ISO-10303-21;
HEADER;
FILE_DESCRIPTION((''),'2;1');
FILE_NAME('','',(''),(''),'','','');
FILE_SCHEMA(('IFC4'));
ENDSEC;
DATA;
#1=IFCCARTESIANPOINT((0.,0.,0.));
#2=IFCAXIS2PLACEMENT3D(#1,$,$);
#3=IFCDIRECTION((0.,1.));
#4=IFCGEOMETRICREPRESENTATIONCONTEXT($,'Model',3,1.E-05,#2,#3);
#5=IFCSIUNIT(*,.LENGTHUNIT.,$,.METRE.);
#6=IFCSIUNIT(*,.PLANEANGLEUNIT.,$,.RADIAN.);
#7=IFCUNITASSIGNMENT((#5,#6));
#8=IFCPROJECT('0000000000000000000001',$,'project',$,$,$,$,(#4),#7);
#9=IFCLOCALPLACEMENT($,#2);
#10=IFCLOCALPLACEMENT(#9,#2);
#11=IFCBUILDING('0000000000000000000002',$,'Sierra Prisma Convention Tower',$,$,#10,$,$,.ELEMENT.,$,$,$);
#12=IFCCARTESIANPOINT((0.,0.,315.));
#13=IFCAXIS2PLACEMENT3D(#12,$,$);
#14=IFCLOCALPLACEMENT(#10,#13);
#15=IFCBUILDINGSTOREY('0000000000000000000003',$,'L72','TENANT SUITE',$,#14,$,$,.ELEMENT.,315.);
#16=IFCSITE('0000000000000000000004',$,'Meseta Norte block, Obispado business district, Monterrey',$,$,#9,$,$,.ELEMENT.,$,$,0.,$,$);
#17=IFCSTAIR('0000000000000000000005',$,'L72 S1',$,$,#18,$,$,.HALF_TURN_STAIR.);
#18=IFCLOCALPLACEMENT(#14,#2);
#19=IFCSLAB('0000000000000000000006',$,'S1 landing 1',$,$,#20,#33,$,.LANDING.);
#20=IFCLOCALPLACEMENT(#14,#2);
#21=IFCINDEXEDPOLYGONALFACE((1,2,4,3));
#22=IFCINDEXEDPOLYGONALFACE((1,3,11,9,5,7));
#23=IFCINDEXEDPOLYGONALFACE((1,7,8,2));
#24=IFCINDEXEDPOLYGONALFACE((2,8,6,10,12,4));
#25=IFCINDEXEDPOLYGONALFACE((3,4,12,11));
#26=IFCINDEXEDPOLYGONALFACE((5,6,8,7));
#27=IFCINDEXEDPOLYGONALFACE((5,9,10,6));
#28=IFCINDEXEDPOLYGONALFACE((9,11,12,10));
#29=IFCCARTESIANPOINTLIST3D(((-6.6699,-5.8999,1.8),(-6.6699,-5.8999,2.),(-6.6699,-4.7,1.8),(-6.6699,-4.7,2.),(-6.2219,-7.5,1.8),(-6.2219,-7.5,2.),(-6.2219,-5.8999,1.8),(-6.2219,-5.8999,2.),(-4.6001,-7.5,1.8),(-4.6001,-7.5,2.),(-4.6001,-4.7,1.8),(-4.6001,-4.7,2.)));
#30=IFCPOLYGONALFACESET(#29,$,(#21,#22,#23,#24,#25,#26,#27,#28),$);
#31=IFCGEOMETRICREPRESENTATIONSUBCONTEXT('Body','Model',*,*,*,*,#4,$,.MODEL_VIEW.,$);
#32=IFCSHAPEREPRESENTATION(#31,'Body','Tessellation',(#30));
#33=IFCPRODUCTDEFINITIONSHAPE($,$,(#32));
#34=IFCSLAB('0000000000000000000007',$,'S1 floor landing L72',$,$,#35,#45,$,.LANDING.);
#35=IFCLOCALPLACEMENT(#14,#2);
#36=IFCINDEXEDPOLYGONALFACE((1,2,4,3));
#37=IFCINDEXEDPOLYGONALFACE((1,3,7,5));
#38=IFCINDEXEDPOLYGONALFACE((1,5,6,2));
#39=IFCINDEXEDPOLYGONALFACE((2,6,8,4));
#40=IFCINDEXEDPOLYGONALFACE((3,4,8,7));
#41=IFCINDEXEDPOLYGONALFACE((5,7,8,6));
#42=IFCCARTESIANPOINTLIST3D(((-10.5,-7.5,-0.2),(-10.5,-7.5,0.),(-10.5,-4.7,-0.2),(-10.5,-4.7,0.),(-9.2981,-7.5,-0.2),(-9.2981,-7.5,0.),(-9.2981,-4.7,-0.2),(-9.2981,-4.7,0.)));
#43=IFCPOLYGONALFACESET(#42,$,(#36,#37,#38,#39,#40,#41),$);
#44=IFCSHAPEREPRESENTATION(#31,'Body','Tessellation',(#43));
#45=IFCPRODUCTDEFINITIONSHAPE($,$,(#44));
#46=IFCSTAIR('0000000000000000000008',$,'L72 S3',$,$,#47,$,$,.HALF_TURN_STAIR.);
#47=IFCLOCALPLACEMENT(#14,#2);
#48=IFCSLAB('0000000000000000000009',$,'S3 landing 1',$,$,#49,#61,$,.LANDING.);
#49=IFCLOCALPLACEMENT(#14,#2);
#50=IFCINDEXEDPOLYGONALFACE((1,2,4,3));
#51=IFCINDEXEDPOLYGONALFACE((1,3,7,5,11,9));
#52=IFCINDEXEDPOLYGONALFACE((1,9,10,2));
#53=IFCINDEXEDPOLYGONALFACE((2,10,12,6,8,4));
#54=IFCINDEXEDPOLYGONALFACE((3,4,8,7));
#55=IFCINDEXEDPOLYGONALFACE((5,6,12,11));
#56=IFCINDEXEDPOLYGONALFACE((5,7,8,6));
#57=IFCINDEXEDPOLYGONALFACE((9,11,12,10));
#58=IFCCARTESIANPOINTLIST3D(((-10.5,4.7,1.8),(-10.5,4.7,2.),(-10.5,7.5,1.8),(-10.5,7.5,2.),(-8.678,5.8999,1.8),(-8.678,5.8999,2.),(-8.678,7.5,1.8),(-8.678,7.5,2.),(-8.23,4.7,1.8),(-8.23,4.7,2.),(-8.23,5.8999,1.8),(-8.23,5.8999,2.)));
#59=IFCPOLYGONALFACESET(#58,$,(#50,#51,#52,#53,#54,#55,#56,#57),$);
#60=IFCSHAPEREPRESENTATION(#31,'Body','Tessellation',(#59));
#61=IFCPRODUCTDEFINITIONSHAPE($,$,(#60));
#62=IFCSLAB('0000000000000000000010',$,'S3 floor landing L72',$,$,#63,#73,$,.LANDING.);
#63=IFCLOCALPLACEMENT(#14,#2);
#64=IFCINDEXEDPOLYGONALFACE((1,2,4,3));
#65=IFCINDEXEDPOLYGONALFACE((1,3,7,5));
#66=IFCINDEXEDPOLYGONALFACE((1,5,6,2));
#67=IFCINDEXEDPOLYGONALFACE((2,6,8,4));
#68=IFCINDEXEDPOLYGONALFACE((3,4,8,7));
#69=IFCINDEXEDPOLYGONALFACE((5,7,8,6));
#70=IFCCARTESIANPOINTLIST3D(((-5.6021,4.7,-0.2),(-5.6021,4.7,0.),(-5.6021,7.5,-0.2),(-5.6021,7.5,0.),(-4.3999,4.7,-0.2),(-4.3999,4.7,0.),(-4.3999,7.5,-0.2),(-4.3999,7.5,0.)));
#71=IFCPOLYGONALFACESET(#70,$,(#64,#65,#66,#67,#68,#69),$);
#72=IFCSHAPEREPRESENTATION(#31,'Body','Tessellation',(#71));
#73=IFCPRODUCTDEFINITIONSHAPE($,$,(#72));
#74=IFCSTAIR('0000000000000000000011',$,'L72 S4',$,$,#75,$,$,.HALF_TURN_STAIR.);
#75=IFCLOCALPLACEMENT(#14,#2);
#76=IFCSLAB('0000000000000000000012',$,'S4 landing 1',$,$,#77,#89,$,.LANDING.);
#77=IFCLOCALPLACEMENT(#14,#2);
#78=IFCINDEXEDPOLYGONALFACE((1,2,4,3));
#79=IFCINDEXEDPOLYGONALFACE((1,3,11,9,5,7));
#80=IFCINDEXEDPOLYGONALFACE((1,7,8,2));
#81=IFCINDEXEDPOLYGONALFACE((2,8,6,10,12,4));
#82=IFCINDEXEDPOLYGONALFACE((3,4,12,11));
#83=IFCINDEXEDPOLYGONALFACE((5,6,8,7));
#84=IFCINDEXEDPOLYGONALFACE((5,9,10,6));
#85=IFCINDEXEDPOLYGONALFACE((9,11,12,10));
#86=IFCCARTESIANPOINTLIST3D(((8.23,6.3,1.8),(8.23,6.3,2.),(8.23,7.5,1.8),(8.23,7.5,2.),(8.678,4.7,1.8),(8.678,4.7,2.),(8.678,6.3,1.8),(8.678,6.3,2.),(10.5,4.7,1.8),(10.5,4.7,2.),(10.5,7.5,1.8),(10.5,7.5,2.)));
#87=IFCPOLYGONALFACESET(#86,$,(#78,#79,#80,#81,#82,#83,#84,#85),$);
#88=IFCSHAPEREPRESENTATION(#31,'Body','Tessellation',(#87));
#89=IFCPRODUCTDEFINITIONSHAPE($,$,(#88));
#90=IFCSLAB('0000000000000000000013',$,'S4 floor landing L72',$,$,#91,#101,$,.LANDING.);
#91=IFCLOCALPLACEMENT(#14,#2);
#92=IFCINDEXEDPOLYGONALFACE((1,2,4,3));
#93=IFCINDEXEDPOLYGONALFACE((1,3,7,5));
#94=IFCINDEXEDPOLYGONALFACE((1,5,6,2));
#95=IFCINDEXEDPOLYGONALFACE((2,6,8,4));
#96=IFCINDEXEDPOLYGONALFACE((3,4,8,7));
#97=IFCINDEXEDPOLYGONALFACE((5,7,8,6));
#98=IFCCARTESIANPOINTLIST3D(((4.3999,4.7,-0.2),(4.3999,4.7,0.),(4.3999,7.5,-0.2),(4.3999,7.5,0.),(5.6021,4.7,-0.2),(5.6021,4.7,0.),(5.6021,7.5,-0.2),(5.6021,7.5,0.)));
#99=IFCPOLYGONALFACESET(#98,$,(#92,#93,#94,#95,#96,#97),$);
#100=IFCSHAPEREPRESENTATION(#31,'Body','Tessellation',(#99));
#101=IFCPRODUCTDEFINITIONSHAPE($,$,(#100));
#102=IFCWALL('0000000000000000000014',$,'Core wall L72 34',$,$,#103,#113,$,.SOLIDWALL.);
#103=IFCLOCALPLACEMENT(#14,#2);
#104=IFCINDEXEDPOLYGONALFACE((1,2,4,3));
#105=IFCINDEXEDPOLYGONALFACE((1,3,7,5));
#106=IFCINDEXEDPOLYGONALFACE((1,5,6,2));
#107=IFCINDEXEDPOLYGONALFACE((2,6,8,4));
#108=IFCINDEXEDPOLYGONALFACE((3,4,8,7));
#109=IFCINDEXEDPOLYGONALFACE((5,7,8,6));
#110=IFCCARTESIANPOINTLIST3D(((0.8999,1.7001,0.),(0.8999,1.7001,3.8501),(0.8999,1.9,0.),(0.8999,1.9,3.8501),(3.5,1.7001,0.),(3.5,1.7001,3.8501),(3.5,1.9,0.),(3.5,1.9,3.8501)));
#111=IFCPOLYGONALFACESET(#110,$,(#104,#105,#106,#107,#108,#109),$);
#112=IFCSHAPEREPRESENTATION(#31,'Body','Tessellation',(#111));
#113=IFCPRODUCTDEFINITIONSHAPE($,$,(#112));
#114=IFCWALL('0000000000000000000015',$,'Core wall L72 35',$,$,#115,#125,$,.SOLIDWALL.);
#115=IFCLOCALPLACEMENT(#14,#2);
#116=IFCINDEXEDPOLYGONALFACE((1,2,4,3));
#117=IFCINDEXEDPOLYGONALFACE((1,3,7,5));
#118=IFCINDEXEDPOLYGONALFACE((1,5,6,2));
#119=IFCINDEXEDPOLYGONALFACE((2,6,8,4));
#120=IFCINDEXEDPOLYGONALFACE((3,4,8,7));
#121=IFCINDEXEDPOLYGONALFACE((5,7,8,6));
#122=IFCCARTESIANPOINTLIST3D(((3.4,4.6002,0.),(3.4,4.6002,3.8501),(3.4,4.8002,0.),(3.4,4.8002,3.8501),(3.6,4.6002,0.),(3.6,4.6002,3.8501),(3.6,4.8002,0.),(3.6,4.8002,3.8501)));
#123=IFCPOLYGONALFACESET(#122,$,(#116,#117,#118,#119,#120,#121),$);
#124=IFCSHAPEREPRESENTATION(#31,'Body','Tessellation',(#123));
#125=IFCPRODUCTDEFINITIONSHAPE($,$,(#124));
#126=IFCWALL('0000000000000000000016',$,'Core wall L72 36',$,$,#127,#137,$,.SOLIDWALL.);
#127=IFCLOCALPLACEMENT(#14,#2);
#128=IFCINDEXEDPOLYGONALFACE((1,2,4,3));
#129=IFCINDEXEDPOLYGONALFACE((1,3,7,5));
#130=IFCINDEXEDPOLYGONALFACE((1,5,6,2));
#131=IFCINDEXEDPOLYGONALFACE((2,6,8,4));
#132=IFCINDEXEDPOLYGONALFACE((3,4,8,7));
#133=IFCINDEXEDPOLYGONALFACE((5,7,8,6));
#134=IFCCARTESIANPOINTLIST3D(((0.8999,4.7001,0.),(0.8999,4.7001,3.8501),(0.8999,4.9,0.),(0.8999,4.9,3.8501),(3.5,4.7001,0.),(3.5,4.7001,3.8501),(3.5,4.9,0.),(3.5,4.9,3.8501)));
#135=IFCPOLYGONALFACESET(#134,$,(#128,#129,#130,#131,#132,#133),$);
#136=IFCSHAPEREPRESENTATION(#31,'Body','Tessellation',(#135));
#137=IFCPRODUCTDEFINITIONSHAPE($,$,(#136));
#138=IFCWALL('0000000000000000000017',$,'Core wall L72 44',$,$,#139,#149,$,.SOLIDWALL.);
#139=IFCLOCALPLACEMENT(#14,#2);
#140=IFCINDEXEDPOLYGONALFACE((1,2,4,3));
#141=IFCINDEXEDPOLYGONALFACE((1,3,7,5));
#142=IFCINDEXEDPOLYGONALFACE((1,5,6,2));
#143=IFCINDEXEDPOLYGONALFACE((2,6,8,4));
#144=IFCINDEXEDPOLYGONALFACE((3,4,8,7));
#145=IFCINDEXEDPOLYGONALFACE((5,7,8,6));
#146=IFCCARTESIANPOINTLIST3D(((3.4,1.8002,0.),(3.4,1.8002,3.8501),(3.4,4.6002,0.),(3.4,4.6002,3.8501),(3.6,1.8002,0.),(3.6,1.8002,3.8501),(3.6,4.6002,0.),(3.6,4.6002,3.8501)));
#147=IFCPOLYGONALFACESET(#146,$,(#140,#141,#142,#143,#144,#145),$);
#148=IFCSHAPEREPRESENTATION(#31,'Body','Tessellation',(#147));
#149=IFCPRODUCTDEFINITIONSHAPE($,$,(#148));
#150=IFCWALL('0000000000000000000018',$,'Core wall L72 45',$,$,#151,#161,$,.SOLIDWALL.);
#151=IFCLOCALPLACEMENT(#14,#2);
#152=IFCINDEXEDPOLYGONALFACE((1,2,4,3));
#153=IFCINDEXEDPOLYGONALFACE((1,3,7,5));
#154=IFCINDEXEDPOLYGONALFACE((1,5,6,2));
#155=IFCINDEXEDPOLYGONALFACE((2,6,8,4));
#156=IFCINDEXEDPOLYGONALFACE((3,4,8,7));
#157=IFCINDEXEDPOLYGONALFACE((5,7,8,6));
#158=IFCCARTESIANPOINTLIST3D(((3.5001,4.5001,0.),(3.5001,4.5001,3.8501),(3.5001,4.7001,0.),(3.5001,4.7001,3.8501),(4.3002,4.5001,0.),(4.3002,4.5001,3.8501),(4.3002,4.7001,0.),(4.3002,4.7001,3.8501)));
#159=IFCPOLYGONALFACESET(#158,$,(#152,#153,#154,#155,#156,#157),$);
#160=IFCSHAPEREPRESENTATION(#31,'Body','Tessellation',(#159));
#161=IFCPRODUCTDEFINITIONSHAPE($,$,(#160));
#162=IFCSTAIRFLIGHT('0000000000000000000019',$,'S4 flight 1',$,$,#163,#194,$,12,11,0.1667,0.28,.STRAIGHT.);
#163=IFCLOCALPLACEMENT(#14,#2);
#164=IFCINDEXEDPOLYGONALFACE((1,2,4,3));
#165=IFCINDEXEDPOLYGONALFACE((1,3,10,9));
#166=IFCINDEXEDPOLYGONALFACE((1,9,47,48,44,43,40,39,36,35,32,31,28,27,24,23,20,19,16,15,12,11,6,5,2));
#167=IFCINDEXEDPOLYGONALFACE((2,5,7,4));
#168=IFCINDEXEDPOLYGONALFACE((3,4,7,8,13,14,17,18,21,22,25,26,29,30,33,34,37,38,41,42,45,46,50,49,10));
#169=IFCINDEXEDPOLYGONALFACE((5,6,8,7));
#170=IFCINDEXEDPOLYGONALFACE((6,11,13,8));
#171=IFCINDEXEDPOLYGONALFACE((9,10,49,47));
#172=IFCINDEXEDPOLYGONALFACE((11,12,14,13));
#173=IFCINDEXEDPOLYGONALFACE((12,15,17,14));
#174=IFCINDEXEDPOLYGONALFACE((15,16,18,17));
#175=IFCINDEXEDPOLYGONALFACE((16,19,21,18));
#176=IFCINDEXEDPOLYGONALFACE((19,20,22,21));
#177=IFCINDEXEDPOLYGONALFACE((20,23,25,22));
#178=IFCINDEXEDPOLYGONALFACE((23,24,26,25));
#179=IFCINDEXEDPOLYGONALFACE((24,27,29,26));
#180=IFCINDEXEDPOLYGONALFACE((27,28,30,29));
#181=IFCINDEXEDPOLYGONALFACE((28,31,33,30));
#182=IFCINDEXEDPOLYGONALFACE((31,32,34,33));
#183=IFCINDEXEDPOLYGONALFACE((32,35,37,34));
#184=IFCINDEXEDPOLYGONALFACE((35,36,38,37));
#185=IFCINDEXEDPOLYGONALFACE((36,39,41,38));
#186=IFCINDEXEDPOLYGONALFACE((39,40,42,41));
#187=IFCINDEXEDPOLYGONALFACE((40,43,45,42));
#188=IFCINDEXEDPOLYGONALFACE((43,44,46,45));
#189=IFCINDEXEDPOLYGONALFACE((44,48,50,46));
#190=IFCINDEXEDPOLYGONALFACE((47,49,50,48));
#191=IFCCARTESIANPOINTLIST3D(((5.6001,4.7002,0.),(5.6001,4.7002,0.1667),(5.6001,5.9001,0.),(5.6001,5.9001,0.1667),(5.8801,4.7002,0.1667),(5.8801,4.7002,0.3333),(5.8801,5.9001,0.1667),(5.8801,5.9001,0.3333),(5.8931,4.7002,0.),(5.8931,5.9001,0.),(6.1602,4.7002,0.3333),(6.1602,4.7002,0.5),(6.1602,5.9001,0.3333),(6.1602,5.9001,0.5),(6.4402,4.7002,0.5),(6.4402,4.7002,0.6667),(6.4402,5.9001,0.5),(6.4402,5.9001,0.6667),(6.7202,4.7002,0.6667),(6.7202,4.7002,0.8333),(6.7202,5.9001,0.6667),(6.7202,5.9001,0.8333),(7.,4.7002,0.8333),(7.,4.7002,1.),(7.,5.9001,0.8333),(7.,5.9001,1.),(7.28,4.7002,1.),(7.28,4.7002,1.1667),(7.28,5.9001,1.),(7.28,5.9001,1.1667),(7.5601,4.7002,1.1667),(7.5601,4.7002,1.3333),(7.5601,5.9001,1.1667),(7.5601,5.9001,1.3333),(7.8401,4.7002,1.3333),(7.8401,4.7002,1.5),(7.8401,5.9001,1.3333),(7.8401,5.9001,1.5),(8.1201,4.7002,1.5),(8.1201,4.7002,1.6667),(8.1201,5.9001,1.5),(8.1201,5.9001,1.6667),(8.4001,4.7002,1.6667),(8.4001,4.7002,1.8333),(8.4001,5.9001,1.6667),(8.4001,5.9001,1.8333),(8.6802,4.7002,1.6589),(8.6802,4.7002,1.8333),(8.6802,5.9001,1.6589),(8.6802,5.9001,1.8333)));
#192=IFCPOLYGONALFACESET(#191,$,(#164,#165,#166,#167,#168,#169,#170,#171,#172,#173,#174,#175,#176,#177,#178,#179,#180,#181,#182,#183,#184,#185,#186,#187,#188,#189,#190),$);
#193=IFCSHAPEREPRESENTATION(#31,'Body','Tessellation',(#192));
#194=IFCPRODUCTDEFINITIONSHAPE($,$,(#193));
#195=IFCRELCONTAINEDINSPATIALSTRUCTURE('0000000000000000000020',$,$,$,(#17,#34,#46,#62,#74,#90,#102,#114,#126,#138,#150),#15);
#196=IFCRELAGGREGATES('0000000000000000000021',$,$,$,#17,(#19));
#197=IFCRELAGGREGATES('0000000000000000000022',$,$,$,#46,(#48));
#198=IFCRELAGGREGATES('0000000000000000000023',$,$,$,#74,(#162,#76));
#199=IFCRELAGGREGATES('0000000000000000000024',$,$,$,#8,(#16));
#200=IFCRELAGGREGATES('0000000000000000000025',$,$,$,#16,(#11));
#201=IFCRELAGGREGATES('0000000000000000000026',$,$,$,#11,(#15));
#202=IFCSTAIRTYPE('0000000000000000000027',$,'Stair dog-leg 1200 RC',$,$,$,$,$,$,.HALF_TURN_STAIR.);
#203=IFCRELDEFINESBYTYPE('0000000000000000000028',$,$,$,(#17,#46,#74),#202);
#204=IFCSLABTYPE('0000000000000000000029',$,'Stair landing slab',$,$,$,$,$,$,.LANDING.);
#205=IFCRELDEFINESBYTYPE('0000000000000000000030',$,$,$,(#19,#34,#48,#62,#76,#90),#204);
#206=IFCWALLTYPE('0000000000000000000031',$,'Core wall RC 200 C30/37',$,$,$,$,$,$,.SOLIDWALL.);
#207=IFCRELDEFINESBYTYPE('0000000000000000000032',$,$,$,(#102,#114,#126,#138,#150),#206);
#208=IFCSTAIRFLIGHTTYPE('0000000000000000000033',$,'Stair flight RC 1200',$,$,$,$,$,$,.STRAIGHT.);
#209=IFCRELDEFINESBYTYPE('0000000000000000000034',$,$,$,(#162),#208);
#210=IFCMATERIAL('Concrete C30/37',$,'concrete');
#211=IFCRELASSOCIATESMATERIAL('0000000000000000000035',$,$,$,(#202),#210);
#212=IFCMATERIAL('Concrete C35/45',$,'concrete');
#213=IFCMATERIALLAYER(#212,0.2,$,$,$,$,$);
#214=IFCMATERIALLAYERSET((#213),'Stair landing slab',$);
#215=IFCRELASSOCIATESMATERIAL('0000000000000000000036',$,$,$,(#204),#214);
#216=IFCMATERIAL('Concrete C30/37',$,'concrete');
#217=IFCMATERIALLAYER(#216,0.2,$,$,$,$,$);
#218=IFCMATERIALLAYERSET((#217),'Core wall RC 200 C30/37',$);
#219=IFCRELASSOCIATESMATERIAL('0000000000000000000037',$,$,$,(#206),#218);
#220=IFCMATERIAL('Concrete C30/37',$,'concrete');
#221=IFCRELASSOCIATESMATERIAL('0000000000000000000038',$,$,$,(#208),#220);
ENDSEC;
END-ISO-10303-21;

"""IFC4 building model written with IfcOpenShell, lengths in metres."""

from ifc_helpers import new_model, si_unit, direction, frame, frame_2d, origin, place, context, subcontext, project, spatial, polyline, rectangle, outline, extrude, material, layer, layer_set, type_object, element, aggregate, save


model = new_model("IFC4")

# Units and contexts
model_context = context("Model", 3, precision=1e-05, world=origin(), true_north=direction((0.0, 1.0)))
body_context = subcontext(model_context, "Body", "Model", "MODEL_VIEW")
ifc_project = project(units=[si_unit("LENGTHUNIT", "METRE"), si_unit("PLANEANGLEUNIT", "RADIAN")], contexts=[model_context])

# Site, building, storey
site_placement = place(None, origin())
site = spatial("IfcSite", under=ifc_project, at=site_placement, Name="Meseta Norte block, Obispado business district, Monterrey", CompositionType="ELEMENT", RefElevation=0.0)
building_placement = place(site_placement, origin())
building = spatial("IfcBuilding", under=site, at=building_placement, Name="Sierra Prisma Convention Tower", CompositionType="ELEMENT")
storey_placement = place(building_placement, frame((0.0, 0.0, 315.0)))
storey = spatial("IfcBuildingStorey", under=building, at=storey_placement, Name="L72", Description="TENANT SUITE", CompositionType="ELEMENT", Elevation=315.0)

# Stair, slab
ifc_material_1 = material(Name="Concrete C30/37", Category="concrete")
stair_type = type_object("IfcStairType", Name="Stair dog-leg 1200 RC", PredefinedType="HALF_TURN_STAIR", material=ifc_material_1)
stair_1_placement = place(storey_placement, origin())
stair_1 = element("IfcStair", 1, at=stair_1_placement, inside=storey, type_object=stair_type, Name="L72 S1", PredefinedType="HALF_TURN_STAIR")
ifc_material_2 = material(Name="Concrete C35/45", Category="concrete")
ifc_layer_1 = layer(ifc_material_2, 0.2)
ifc_layer_set_1 = layer_set([ifc_layer_1], Name="Stair landing slab")
slab_type = type_object("IfcSlabType", Name="Stair landing slab", PredefinedType="LANDING", material=ifc_layer_set_1)
slab_1_placement = place(storey_placement, frame((0.0, 0.0, 1.8)))
slab_1 = element("IfcSlab", 2, at=slab_1_placement, type_object=slab_type, Name="S1 landing 1", PredefinedType="LANDING", context=body_context, shape_type="SweptSolid", body=[
    extrude(outline(polyline([(-4.6001, -4.7), (-4.6001, -7.5), (-6.2219, -7.5), (-6.2219, -5.8999), (-6.6699, -5.8999), (-6.6699, -4.7), (-4.6001, -4.7)])), origin(), (0.0, 0.0, 1.0), 0.2),
])
aggregate(stair_1, [slab_1])

# Slab
slab_2_placement = place(storey_placement, frame((0.0, 0.0, -0.2)))
element("IfcSlab", 3, at=slab_2_placement, inside=storey, type_object=slab_type, Name="S1 floor landing L72", PredefinedType="LANDING", context=body_context, shape_type="SweptSolid", body=[
    extrude(outline(polyline([(-10.5, -7.5), (-9.2981, -7.5), (-9.2981, -4.7), (-10.5, -4.7), (-10.5, -7.5)])), origin(), (0.0, 0.0, 1.0), 0.2),
])

# Stair, slab
stair_2_placement = place(storey_placement, origin())
stair_2 = element("IfcStair", 4, at=stair_2_placement, inside=storey, type_object=stair_type, Name="L72 S3", PredefinedType="HALF_TURN_STAIR")
slab_3_placement = place(storey_placement, frame((0.0, 0.0, 1.8)))
slab_3 = element("IfcSlab", 5, at=slab_3_placement, type_object=slab_type, Name="S3 landing 1", PredefinedType="LANDING", context=body_context, shape_type="SweptSolid", body=[
    extrude(outline(polyline([(-8.23, 5.8999), (-8.23, 4.7), (-10.5, 4.7), (-10.5, 7.5), (-8.678, 7.5), (-8.678, 5.8999), (-8.23, 5.8999)])), origin(), (0.0, 0.0, 1.0), 0.2),
])
aggregate(stair_2, [slab_3])

# Slab
slab_4_placement = place(storey_placement, frame((0.0, 0.0, -0.2)))
element("IfcSlab", 6, at=slab_4_placement, inside=storey, type_object=slab_type, Name="S3 floor landing L72", PredefinedType="LANDING", context=body_context, shape_type="SweptSolid", body=[
    extrude(outline(polyline([(-4.3999, 7.5), (-5.6021, 7.5), (-5.6021, 4.7), (-4.3999, 4.7), (-4.3999, 7.5)])), origin(), (0.0, 0.0, 1.0), 0.2),
])

# Stair, slab
stair_3_placement = place(storey_placement, origin())
stair_3 = element("IfcStair", 7, at=stair_3_placement, inside=storey, type_object=stair_type, Name="L72 S4", PredefinedType="HALF_TURN_STAIR")
slab_5_placement = place(storey_placement, frame((0.0, 0.0, 1.8)))
slab_5 = element("IfcSlab", 8, at=slab_5_placement, type_object=slab_type, Name="S4 landing 1", PredefinedType="LANDING", context=body_context, shape_type="SweptSolid", body=[
    extrude(outline(polyline([(10.5, 7.5), (10.5, 4.7), (8.678, 4.7), (8.678, 6.3), (8.23, 6.3), (8.23, 7.5), (10.5, 7.5)])), origin(), (0.0, 0.0, 1.0), 0.2),
])

# Slab
slab_6_placement = place(storey_placement, frame((0.0, 0.0, -0.2)))
element("IfcSlab", 9, at=slab_6_placement, inside=storey, type_object=slab_type, Name="S4 floor landing L72", PredefinedType="LANDING", context=body_context, shape_type="SweptSolid", body=[
    extrude(outline(polyline([(4.3999, 4.7), (5.6021, 4.7), (5.6021, 7.5), (4.3999, 7.5), (4.3999, 4.7)])), origin(), (0.0, 0.0, 1.0), 0.2),
])

# Shared definitions
ifc_material_3 = material(Name="Concrete C30/37", Category="concrete")
ifc_layer_2 = layer(ifc_material_3, 0.2)
ifc_layer_set_2 = layer_set([ifc_layer_2], Name="Core wall RC 200 C30/37")
wall_type = type_object("IfcWallType", Name="Core wall RC 200 C30/37", PredefinedType="SOLIDWALL", material=ifc_layer_set_2)

# Walls
wall_1_placement = place(storey_placement, frame((3.5, 1.8, 0.0), z_axis=(0.0, 0.0, 1.0), x_axis=(-1.0, 0.0, 0.0)))
element("IfcWall", 10, at=wall_1_placement, inside=storey, type_object=wall_type, Name="Core wall L72 34", PredefinedType="SOLIDWALL", context=body_context, shape_type="SweptSolid", body=[
    extrude(rectangle(XDim=2.6001, YDim=0.2, at=frame_2d((1.3, 0.0))), origin(), (0.0, 0.0, 1.0), 3.8501),
])
wall_2_placement = place(storey_placement, frame((3.5, 4.6001, 0.0), z_axis=(0.0, 0.0, 1.0), x_axis=(0.0, 1.0, 0.0)))
element("IfcWall", 11, at=wall_2_placement, inside=storey, type_object=wall_type, Name="Core wall L72 35", PredefinedType="SOLIDWALL", context=body_context, shape_type="SweptSolid", body=[
    extrude(rectangle(XDim=0.2, YDim=0.2, at=frame_2d((0.1001, 0.0))), origin(), (0.0, 0.0, 1.0), 3.8501),
])
wall_3_placement = place(storey_placement, frame((3.5, 4.8, 0.0), z_axis=(0.0, 0.0, 1.0), x_axis=(-1.0, 0.0, 0.0)))
element("IfcWall", 12, at=wall_3_placement, inside=storey, type_object=wall_type, Name="Core wall L72 36", PredefinedType="SOLIDWALL", context=body_context, shape_type="SweptSolid", body=[
    extrude(rectangle(XDim=2.6001, YDim=0.2, at=frame_2d((1.3, 0.0))), origin(), (0.0, 0.0, 1.0), 3.8501),
])

# Walls
wall_4_placement = place(storey_placement, frame((3.5, 4.6001, 0.0), z_axis=(0.0, 0.0, 1.0), x_axis=(0.0, -1.0, 0.0)))
element("IfcWall", 13, at=wall_4_placement, inside=storey, type_object=wall_type, Name="Core wall L72 44", PredefinedType="SOLIDWALL", context=body_context, shape_type="SweptSolid", body=[
    extrude(rectangle(XDim=2.8, YDim=0.2, at=frame_2d((1.3999, 0.0))), origin(), (0.0, 0.0, 1.0), 3.8501),
])
wall_5_placement = place(storey_placement, frame((4.3, 4.6001, 0.0), z_axis=(0.0, 0.0, 1.0), x_axis=(-1.0, 0.0, 0.0)))
element("IfcWall", 14, at=wall_5_placement, inside=storey, type_object=wall_type, Name="Core wall L72 45", PredefinedType="SOLIDWALL", context=body_context, shape_type="SweptSolid", body=[
    extrude(rectangle(XDim=0.8, YDim=0.2, at=frame_2d((0.3999, 0.0))), origin(), (0.0, 0.0, 1.0), 3.8501),
])

# Stair flight
ifc_material_4 = material(Name="Concrete C30/37", Category="concrete")
stair_flight_type = type_object("IfcStairFlightType", Name="Stair flight RC 1200", PredefinedType="STRAIGHT", material=ifc_material_4)
stair_flight_placement = place(storey_placement, frame((5.6001, 5.3, 0.0), z_axis=(0.0, 0.0, 1.0), x_axis=(1.0, 0.0, 0.0)))
stair_flight = element("IfcStairFlight", 15, at=stair_flight_placement, type_object=stair_flight_type, Name="S4 flight 1", NumberOfRisers=12, NumberOfTreads=11, PredefinedType="STRAIGHT", RiserHeight=0.1667, TreadLength=0.28, context=body_context, shape_type="SweptSolid", body=[
    extrude(outline(polyline([(0.0, 0.0), (0.0, 0.1667), (0.28, 0.1667), (0.28, 0.3333), (0.5601, 0.3333), (0.5601, 0.5), (0.8401, 0.5), (0.8401, 0.6667), (1.1201, 0.6667), (1.1201, 0.8333), (1.3999, 0.8333), (1.3999, 1.0), (1.6799, 1.0), (1.6799, 1.1667), (1.96, 1.1667), (1.96, 1.3333), (2.24, 1.3333), (2.24, 1.5), (2.52, 1.5), (2.52, 1.6667), (2.8, 1.6667), (2.8, 1.8333), (3.0801, 1.8333), (3.0801, 2.0), (3.0801, 1.6589), (0.293, 0.0), (0.0, 0.0)])), frame((0.0, 0.6001, 0.0), z_axis=(0.0, -1.0, 0.0), x_axis=(1.0, 0.0, 0.0)), (0.0, 0.0, 1.0), 1.2),
])
aggregate(stair_3, [stair_flight, slab_5])

save(model, "model.ifc")
